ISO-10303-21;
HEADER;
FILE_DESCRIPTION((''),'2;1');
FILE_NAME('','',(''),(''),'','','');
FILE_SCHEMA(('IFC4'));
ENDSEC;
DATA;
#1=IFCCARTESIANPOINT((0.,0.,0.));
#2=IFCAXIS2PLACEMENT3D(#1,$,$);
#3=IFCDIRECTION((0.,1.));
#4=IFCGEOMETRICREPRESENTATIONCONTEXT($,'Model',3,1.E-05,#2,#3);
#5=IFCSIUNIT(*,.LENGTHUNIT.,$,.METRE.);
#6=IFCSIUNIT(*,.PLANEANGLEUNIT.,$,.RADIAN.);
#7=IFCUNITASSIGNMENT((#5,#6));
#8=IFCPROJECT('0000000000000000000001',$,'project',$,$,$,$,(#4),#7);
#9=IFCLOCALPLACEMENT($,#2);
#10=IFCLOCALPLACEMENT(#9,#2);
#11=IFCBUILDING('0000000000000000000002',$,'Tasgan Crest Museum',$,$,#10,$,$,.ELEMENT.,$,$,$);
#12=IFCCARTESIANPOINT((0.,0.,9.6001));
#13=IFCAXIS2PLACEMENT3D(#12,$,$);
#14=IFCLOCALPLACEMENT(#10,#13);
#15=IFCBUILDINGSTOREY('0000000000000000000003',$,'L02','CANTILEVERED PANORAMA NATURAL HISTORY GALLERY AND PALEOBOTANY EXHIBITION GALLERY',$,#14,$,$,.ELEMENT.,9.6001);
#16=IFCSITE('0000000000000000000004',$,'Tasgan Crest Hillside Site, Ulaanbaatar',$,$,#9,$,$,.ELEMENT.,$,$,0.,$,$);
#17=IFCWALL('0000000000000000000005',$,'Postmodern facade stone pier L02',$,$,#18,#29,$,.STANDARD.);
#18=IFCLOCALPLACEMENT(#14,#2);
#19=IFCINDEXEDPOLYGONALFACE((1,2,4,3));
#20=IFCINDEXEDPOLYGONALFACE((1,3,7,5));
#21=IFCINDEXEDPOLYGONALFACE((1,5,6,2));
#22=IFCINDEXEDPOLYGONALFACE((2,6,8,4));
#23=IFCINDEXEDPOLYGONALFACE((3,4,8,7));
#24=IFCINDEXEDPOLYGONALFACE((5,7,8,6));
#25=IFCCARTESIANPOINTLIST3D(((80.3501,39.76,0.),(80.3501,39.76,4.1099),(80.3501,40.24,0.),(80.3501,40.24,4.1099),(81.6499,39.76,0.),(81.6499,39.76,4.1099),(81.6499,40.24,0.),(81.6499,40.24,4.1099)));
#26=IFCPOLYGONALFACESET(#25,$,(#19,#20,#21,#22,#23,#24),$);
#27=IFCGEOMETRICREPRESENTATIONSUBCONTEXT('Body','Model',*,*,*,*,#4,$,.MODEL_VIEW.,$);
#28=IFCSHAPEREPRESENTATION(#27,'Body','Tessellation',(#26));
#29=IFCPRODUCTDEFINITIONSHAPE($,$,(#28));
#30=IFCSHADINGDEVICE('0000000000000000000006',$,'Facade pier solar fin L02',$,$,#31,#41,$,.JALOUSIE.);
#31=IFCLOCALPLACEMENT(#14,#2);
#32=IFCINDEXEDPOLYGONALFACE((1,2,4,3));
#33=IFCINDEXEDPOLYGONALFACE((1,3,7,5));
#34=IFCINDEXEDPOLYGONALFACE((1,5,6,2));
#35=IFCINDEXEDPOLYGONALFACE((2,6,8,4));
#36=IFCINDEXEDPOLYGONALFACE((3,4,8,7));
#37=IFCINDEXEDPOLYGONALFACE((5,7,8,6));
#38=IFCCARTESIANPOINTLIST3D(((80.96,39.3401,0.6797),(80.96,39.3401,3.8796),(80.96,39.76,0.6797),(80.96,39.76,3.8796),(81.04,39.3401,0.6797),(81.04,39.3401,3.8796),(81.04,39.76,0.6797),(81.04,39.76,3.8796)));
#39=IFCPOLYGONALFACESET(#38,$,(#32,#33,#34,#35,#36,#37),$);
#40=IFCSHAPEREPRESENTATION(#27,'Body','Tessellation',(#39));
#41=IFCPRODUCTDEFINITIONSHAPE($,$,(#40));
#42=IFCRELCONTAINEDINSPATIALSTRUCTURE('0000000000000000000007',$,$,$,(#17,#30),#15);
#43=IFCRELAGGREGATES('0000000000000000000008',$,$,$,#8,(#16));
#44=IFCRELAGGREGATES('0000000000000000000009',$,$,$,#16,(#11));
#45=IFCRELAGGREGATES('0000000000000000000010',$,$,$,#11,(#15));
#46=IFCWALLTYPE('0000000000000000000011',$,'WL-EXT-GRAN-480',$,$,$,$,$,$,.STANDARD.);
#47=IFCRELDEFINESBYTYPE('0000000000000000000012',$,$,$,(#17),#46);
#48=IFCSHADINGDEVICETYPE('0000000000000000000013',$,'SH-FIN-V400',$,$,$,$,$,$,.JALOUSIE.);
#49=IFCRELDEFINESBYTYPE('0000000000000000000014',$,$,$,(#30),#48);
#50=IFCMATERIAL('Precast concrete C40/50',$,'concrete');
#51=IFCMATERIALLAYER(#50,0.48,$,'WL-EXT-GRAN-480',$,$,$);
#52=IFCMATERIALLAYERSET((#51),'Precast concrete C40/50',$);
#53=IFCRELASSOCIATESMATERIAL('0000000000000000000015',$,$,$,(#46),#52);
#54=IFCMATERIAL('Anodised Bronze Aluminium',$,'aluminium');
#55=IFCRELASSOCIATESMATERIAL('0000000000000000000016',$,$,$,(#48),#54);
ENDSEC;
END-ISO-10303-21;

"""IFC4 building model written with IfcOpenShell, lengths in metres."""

from ifc_helpers import new_model, si_unit, direction, frame, frame_2d, origin, origin_2d, place, context, subcontext, project, spatial, rectangle, extrude, material, layer, layer_set, type_object, element, save


model = new_model("IFC4")

# Units and contexts
model_context = context("Model", 3, precision=1e-05, world=origin(), true_north=direction((0.0, 1.0)))
body_context = subcontext(model_context, "Body", "Model", "MODEL_VIEW")
ifc_project = project(units=[si_unit("LENGTHUNIT", "METRE"), si_unit("PLANEANGLEUNIT", "RADIAN")], contexts=[model_context])

# Site, building, storey
site_placement = place(None, origin())
site = spatial("IfcSite", under=ifc_project, at=site_placement, Name="Tasgan Crest Hillside Site, Ulaanbaatar", CompositionType="ELEMENT", RefElevation=0.0)
building_placement = place(site_placement, origin())
building = spatial("IfcBuilding", under=site, at=building_placement, Name="Tasgan Crest Museum", CompositionType="ELEMENT")
storey_placement = place(building_placement, frame((0.0, 0.0, 9.6001)))
storey = spatial("IfcBuildingStorey", under=building, at=storey_placement, Name="L02", Description="CANTILEVERED PANORAMA NATURAL HISTORY GALLERY AND PALEOBOTANY EXHIBITION GALLERY", CompositionType="ELEMENT", Elevation=9.6001)

# Wall
ifc_material_1 = material(Name="Precast concrete C40/50", Category="concrete")
ifc_layer_1 = layer(ifc_material_1, 0.48, Name="WL-EXT-GRAN-480")
ifc_layer_set_1 = layer_set([ifc_layer_1], Name="Precast concrete C40/50")
wall_type_1 = type_object("IfcWallType", Name="WL-EXT-GRAN-480", PredefinedType="STANDARD", material=ifc_layer_set_1)
wall_1_placement = place(storey_placement, frame((80.3501, 40.0, 0.0), z_axis=(0.0, 0.0, 1.0), x_axis=(1.0, 0.0, 0.0)))
element("IfcWall", 1, at=wall_1_placement, inside=storey, type_object=wall_type_1, Name="Postmodern facade stone pier L02", PredefinedType="STANDARD", context=body_context, shape_type="SweptSolid", body=[
    extrude(rectangle(XDim=1.2998, YDim=0.48, at=frame_2d((0.6499, 0.0))), origin(), (0.0, 0.0, 1.0), 4.1099),
])

# Shading device
ifc_material_2 = material(Name="Anodised Bronze Aluminium", Category="aluminium")
shading_device_type = type_object("IfcShadingDeviceType", Name="SH-FIN-V400", PredefinedType="JALOUSIE", material=ifc_material_2)
shading_device_placement = place(storey_placement, frame((81.0, 39.55, 0.6797), z_axis=(0.0, 0.0, 1.0), x_axis=(1.0, 0.0, 0.0)))
element("IfcShadingDevice", 2, at=shading_device_placement, inside=storey, type_object=shading_device_type, Name="Facade pier solar fin L02", PredefinedType="JALOUSIE", context=body_context, shape_type="SweptSolid", body=[
    extrude(rectangle(XDim=0.0801, YDim=0.4199, at=origin_2d()), origin(), (0.0, 0.0, 1.0), 3.2),
])

save(model, "model.ifc")
